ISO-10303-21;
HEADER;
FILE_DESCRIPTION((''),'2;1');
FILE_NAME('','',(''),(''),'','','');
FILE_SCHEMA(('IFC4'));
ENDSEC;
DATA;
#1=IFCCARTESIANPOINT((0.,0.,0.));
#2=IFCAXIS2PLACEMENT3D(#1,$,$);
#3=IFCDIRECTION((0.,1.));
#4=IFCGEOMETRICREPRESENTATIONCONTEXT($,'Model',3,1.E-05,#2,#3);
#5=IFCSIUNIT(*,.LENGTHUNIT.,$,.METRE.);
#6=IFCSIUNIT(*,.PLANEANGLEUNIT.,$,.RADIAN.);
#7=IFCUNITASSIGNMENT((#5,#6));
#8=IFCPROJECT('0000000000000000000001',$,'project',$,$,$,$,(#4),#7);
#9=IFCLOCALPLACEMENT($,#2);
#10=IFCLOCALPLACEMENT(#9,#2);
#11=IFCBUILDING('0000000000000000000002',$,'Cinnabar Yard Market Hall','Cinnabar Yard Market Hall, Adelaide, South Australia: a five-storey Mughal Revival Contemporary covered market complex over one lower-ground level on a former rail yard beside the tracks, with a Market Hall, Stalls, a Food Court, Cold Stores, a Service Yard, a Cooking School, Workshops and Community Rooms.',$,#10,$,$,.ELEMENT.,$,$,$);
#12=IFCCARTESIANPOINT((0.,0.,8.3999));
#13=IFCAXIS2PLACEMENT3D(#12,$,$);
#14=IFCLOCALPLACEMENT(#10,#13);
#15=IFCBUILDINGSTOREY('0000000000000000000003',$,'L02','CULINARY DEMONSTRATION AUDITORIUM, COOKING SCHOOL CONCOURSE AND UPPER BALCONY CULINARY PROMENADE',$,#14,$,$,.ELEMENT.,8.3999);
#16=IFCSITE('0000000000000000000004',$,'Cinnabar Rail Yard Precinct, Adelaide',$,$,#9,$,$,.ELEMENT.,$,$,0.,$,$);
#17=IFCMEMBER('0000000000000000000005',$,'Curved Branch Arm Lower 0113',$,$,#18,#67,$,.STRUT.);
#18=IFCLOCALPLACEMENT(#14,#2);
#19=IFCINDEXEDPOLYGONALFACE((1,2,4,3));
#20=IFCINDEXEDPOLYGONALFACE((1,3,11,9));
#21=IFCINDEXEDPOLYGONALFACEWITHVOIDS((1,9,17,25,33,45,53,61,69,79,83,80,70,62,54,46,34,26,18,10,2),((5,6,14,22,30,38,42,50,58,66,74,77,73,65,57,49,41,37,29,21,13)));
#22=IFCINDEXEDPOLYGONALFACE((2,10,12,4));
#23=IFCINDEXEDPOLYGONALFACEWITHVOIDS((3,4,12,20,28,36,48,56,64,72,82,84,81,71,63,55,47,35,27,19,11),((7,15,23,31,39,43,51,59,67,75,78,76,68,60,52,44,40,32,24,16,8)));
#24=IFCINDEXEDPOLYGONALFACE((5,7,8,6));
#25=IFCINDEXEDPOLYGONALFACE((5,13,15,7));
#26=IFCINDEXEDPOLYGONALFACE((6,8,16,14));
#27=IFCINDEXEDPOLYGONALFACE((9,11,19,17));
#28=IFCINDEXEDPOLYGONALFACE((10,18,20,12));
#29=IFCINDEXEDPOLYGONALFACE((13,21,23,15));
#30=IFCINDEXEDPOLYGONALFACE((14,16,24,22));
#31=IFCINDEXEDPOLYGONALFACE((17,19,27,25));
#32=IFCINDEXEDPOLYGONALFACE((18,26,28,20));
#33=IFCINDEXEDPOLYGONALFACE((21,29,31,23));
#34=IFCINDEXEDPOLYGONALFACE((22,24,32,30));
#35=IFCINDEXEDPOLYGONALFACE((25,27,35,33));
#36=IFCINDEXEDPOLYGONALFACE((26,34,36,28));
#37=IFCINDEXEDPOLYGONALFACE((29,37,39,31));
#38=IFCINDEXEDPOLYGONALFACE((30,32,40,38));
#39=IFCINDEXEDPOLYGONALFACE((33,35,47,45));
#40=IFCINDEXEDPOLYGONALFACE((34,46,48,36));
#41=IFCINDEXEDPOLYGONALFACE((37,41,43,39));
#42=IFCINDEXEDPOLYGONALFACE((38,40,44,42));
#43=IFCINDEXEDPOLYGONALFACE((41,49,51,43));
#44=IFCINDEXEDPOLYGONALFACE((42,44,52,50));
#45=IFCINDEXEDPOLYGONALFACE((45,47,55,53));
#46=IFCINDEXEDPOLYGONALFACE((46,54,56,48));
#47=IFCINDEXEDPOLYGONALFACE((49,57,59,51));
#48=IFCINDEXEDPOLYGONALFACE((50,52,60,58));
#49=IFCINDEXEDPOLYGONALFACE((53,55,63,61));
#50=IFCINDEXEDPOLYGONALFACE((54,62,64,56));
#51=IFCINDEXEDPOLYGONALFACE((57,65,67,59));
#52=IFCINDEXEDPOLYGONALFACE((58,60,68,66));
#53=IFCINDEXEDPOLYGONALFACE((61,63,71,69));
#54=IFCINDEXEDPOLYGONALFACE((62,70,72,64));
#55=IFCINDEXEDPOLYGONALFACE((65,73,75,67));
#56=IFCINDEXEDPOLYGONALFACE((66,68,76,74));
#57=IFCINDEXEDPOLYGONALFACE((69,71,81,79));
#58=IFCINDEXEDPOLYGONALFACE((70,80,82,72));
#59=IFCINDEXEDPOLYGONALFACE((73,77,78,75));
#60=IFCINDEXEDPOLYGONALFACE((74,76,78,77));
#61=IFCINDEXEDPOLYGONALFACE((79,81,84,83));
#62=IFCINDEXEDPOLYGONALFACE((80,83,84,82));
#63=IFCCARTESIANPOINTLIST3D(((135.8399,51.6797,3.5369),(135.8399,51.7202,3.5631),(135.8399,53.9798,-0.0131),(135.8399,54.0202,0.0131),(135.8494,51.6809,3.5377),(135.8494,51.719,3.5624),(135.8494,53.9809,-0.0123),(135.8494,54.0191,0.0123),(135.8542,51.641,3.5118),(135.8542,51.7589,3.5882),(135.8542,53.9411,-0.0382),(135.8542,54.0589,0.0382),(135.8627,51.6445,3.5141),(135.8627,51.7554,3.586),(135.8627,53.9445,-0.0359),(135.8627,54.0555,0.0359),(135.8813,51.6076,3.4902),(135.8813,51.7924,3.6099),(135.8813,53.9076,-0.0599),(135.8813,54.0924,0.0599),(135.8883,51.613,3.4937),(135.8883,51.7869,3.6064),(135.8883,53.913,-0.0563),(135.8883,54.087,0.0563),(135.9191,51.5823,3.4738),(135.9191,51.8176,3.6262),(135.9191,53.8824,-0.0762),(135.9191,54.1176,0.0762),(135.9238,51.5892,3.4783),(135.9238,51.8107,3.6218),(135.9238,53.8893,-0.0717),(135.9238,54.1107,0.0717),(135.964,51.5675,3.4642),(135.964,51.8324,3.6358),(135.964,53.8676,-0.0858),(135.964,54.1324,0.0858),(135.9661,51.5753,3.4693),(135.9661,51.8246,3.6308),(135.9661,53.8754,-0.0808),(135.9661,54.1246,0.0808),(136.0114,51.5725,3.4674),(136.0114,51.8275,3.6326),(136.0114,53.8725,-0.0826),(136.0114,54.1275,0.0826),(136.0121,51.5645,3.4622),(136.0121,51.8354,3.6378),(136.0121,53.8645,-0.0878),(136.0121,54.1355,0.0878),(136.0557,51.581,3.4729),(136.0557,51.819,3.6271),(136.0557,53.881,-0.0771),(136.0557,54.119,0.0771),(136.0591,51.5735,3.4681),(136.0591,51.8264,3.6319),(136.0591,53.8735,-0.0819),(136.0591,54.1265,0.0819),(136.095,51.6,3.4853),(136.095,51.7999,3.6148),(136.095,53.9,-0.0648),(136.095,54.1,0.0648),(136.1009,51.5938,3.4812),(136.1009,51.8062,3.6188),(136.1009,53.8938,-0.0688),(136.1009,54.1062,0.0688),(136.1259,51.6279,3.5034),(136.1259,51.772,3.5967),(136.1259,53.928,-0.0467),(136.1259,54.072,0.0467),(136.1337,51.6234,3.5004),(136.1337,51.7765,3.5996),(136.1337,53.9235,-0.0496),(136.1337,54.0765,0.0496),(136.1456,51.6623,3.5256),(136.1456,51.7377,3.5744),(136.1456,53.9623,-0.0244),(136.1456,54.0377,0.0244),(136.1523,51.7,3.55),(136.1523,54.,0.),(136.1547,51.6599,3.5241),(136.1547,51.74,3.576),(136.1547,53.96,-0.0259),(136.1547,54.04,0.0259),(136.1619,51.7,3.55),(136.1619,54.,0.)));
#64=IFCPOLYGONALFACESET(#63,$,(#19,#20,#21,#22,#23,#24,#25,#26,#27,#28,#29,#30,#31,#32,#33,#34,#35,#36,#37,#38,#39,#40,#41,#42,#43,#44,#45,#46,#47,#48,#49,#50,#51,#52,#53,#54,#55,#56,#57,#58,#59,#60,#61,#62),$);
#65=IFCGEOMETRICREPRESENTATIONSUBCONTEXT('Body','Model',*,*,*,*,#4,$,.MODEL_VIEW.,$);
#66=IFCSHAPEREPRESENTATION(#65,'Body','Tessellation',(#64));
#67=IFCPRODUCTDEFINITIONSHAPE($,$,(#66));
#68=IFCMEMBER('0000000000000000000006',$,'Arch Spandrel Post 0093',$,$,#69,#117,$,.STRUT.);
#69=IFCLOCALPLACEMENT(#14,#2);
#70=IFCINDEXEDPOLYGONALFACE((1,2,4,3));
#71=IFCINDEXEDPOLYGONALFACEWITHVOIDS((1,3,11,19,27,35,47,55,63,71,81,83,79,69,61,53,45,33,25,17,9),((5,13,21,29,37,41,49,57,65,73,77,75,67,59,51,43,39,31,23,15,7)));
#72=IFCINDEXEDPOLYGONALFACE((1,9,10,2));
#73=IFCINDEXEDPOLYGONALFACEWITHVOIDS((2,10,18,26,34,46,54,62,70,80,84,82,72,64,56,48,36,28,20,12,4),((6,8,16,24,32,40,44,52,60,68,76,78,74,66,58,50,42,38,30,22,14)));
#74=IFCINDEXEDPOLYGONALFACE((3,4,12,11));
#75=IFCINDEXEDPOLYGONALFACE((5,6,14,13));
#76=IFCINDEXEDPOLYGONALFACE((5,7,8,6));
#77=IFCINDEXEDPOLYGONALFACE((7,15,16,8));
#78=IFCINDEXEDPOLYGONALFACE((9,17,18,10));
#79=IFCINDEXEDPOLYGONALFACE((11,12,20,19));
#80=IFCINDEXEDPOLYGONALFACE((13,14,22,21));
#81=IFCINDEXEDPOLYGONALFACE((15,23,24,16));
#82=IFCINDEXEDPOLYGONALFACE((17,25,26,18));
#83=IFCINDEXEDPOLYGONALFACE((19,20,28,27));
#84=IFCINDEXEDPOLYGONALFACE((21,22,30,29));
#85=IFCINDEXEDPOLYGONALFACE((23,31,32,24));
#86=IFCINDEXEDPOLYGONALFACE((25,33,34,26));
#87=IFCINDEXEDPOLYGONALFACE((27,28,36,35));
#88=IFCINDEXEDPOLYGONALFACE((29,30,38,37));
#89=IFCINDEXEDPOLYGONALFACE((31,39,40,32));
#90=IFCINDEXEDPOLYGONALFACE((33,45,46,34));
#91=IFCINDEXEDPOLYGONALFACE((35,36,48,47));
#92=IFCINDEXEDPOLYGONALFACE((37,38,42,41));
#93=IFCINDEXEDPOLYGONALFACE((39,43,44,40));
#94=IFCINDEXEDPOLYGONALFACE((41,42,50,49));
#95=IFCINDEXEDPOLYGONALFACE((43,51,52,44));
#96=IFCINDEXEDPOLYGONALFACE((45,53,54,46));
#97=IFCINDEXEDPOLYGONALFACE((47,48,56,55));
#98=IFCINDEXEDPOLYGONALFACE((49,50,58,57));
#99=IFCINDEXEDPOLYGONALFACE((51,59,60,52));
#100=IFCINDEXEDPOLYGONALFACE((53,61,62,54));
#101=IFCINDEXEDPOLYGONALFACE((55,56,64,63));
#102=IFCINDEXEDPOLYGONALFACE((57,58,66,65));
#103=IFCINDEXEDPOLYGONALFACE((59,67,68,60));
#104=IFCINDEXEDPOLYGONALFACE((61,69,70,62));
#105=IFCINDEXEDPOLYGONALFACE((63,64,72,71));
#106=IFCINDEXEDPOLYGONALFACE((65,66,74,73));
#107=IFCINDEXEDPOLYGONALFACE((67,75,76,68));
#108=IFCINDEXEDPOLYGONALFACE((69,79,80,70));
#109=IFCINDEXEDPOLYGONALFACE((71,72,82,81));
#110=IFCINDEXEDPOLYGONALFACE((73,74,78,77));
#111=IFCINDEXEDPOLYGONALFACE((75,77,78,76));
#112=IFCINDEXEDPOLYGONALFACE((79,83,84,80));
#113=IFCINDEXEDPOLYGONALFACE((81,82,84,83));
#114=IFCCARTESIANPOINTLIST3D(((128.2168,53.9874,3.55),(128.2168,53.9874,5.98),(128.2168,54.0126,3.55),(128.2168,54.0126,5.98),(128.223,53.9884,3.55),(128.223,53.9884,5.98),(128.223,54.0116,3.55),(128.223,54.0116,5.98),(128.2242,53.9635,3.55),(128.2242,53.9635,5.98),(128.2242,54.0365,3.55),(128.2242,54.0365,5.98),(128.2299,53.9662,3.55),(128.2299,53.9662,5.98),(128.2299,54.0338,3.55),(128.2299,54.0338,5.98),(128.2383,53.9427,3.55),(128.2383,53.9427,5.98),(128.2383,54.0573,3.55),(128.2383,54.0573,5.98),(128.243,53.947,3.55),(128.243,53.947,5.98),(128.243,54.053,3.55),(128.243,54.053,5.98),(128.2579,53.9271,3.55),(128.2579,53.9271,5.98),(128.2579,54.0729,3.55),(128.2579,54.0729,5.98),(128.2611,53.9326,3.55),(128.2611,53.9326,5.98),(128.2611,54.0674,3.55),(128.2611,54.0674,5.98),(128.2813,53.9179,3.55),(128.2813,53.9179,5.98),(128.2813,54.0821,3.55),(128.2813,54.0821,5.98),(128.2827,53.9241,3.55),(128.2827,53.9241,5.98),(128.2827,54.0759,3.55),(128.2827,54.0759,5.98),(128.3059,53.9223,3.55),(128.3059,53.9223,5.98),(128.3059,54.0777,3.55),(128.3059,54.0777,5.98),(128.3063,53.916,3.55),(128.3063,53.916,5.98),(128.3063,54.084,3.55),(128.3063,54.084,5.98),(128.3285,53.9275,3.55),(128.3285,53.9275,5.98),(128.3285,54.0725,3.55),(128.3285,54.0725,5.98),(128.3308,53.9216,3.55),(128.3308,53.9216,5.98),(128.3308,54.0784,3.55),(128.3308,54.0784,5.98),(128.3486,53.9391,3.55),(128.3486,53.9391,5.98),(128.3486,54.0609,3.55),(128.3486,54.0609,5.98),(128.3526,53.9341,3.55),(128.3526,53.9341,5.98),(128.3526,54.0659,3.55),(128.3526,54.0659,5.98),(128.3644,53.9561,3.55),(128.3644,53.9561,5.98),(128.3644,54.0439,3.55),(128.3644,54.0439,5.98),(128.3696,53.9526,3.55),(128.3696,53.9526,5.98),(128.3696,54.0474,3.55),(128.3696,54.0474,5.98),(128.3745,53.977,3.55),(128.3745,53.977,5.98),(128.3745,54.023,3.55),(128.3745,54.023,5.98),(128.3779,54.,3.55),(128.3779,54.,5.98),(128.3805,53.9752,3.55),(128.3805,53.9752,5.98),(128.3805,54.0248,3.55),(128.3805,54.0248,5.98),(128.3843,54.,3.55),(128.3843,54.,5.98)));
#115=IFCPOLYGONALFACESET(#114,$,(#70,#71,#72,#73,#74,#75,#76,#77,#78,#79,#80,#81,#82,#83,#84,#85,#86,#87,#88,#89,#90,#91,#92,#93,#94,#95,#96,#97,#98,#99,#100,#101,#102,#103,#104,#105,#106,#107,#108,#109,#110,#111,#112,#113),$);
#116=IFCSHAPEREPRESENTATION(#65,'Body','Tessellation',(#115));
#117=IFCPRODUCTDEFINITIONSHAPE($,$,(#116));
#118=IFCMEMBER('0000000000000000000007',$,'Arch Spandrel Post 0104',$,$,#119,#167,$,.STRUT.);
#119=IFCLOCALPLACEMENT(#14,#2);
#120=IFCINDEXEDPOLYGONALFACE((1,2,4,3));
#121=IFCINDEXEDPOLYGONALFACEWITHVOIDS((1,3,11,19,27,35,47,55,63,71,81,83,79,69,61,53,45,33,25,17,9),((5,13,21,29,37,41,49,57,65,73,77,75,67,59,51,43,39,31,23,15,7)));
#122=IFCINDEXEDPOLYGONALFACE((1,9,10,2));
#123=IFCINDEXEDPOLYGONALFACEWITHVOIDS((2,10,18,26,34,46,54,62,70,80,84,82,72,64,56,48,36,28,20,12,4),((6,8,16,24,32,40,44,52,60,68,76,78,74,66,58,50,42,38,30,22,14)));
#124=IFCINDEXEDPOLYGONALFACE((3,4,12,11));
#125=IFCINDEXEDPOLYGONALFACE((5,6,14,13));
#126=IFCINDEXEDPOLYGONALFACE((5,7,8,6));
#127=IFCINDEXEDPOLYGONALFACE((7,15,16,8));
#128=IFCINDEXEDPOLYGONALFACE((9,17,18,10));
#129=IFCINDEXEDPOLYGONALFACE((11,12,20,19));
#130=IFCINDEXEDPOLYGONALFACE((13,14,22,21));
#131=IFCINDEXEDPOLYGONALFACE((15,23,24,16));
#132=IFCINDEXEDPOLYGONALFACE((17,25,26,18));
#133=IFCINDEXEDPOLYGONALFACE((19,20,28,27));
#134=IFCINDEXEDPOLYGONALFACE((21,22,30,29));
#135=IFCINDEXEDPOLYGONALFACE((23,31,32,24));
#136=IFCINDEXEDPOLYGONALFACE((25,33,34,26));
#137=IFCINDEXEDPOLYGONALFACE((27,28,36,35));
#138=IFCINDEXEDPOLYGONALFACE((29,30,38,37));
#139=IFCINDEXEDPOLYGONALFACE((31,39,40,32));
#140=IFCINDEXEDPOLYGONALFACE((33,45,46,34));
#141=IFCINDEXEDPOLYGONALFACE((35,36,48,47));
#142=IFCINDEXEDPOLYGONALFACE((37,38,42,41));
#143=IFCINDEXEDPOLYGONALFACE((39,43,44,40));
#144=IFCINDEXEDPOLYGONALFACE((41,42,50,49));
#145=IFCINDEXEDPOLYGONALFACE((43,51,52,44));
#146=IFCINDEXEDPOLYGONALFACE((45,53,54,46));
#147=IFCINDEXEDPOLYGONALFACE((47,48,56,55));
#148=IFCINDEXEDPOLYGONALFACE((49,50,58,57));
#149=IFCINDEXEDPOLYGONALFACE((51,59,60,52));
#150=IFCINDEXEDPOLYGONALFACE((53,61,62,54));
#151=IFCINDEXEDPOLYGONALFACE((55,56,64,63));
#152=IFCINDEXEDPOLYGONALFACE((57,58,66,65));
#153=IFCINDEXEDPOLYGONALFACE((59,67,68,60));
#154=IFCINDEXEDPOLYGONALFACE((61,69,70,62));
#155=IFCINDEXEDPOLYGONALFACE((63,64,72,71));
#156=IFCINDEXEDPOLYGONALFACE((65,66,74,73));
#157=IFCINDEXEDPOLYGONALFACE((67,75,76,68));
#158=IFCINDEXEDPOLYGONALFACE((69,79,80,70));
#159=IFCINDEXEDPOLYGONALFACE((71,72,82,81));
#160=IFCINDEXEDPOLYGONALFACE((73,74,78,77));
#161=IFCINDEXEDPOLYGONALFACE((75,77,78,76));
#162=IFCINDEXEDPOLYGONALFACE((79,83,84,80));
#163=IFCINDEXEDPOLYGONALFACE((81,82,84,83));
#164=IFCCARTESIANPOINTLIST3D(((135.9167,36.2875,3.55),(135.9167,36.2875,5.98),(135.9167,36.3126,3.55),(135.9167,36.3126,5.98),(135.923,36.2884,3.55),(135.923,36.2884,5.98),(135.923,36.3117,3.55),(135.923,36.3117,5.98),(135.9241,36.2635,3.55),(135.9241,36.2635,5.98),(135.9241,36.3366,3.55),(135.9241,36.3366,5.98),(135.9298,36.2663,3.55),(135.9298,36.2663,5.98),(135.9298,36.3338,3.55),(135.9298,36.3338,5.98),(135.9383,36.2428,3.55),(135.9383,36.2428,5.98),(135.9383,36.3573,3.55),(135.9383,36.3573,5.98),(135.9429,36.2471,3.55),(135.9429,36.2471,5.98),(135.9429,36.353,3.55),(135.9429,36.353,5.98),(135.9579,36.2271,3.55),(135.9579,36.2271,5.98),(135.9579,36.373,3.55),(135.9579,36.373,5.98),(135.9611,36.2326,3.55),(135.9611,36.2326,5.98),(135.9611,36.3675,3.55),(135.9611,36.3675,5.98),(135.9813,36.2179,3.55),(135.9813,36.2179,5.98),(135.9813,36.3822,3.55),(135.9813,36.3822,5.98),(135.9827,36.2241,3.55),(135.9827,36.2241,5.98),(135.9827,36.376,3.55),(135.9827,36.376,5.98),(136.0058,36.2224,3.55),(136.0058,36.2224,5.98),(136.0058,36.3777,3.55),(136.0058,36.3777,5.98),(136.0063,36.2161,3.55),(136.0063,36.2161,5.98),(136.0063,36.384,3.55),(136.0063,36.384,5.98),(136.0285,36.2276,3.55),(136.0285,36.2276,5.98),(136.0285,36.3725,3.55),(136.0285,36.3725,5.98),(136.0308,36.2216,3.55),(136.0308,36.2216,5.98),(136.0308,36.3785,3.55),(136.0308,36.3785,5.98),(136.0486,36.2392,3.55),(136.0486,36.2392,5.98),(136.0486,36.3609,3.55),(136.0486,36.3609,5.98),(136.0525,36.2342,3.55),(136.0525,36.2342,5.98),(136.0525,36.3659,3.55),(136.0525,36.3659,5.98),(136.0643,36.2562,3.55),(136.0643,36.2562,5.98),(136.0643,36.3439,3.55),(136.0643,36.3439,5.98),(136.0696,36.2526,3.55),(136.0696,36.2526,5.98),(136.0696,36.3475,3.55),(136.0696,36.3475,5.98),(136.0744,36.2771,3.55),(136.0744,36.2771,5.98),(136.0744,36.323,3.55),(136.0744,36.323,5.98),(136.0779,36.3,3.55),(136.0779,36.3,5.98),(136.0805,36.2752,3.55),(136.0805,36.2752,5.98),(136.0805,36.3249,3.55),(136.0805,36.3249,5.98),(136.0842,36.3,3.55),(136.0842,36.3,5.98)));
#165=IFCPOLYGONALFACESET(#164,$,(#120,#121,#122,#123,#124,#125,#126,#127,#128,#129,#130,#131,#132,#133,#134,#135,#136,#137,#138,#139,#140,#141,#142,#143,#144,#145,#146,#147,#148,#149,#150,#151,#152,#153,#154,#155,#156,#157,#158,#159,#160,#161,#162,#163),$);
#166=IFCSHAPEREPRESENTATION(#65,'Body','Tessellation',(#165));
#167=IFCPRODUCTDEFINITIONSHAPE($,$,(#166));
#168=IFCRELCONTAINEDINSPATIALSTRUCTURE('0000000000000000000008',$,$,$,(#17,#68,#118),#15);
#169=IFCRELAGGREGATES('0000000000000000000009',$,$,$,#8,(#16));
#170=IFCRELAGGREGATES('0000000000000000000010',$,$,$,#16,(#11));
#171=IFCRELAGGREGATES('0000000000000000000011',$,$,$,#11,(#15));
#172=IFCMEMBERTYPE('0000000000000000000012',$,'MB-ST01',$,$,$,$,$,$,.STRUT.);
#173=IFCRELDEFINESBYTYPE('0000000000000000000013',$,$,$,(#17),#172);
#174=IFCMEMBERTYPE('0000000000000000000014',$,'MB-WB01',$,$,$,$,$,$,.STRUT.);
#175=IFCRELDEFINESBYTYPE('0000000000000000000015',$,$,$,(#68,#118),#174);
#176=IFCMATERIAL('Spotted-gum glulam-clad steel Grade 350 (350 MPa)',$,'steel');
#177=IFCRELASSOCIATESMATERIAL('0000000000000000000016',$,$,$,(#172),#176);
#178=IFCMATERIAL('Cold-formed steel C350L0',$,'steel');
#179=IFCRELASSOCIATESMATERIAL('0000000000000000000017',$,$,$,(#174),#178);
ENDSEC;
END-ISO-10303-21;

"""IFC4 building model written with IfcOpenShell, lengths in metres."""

from ifc_helpers import new_model, si_unit, direction, frame, origin, origin_2d_with_axis, place, context, subcontext, project, spatial, hollow_circle, extrude, material, material_profile, profile_set, type_object, element, save


model = new_model("IFC4")

# Units and contexts
model_context = context("Model", 3, precision=1e-05, world=origin(), true_north=direction((0.0, 1.0)))
body_context = subcontext(model_context, "Body", "Model", "MODEL_VIEW")
ifc_project = project(units=[si_unit("LENGTHUNIT", "METRE"), si_unit("PLANEANGLEUNIT", "RADIAN")], contexts=[model_context])

# Site, building, storey
site_placement = place(None, origin())
site = spatial("IfcSite", under=ifc_project, at=site_placement, Name="Cinnabar Rail Yard Precinct, Adelaide", CompositionType="ELEMENT", RefElevation=0.0)
building_placement = place(site_placement, origin())
building = spatial("IfcBuilding", under=site, at=building_placement, Name="Cinnabar Yard Market Hall", Description="Cinnabar Yard Market Hall, Adelaide, South Australia: a five-storey Mughal Revival Contemporary covered market complex over one lower-ground level on a former rail yard beside the tracks, with a Market Hall, Stalls, a Food Court, Cold Stores, a Service Yard, a Cooking School, Workshops and Community Rooms.", CompositionType="ELEMENT")
storey_placement = place(building_placement, frame((0.0, 0.0, 8.3999)))
storey = spatial("IfcBuildingStorey", under=building, at=storey_placement, Name="L02", Description="CULINARY DEMONSTRATION AUDITORIUM, COOKING SCHOOL CONCOURSE AND UPPER BALCONY CULINARY PROMENADE", CompositionType="ELEMENT", Elevation=8.3999)

# Shared definitions
ifc_material_1 = material(Name="Spotted-gum glulam-clad steel Grade 350 (350 MPa)", Category="steel")

# Members
ifc_material_profile_1 = material_profile(ifc_material_1, hollow_circle(Radius=0.1619, WallThickness=0.0095, at=origin_2d_with_axis()), Name="323.9x9.5CHS")
ifc_profile_set_1 = profile_set([ifc_material_profile_1], Name="Spotted-gum glulam-clad steel Grade 350 (350 MPa)")
member_type_1 = type_object("IfcMemberType", Name="MB-ST01", PredefinedType="STRUT", material=ifc_profile_set_1)
for number, where, z_axis, x_axis, name in (
    (1, (136.0, 54.0, 0.0), (0.0, -0.543744, 0.839251), (1.0, 0.0, 0.0), "Curved Branch Arm Lower 0113"),
):
    element("IfcMember", number, at=place(storey_placement, frame(where, z_axis=z_axis, x_axis=x_axis)), inside=storey, type_object=member_type_1, Name=name, PredefinedType="STRUT", context=body_context, shape_type="SweptSolid", body=[
        extrude(hollow_circle(Radius=0.1619, WallThickness=0.0095, at=origin_2d_with_axis()), origin(), (0.0, 0.0, 1.0), 4.23),
    ])
ifc_material_2 = material(Name="Cold-formed steel C350L0", Category="steel")
ifc_material_profile_2 = material_profile(ifc_material_2, hollow_circle(Radius=0.0842, WallThickness=0.0063, at=origin_2d_with_axis()), Name="168.3x6.4CHS")
ifc_profile_set_2 = profile_set([ifc_material_profile_2], Name="Cold-formed steel C350L0")
member_type_2 = type_object("IfcMemberType", Name="MB-WB01", PredefinedType="STRUT", material=ifc_profile_set_2)
for number, where, z_axis, x_axis, name in (
    (2, (128.3, 54.0, 3.55), (0.0, 0.0, 1.0), (1.0, 0.0, 0.0), "Arch Spandrel Post 0093"),
    (3, (136.0, 36.3, 3.55), (0.0, 0.0, 1.0), (1.0, 0.0, 0.0), "Arch Spandrel Post 0104"),
):
    element("IfcMember", number, at=place(storey_placement, frame(where, z_axis=z_axis, x_axis=x_axis)), inside=storey, type_object=member_type_2, Name=name, PredefinedType="STRUT", context=body_context, shape_type="SweptSolid", body=[
        extrude(hollow_circle(Radius=0.0842, WallThickness=0.0063, at=origin_2d_with_axis()), origin(), (0.0, 0.0, 1.0), 2.4299),
    ])

save(model, "model.ifc")
